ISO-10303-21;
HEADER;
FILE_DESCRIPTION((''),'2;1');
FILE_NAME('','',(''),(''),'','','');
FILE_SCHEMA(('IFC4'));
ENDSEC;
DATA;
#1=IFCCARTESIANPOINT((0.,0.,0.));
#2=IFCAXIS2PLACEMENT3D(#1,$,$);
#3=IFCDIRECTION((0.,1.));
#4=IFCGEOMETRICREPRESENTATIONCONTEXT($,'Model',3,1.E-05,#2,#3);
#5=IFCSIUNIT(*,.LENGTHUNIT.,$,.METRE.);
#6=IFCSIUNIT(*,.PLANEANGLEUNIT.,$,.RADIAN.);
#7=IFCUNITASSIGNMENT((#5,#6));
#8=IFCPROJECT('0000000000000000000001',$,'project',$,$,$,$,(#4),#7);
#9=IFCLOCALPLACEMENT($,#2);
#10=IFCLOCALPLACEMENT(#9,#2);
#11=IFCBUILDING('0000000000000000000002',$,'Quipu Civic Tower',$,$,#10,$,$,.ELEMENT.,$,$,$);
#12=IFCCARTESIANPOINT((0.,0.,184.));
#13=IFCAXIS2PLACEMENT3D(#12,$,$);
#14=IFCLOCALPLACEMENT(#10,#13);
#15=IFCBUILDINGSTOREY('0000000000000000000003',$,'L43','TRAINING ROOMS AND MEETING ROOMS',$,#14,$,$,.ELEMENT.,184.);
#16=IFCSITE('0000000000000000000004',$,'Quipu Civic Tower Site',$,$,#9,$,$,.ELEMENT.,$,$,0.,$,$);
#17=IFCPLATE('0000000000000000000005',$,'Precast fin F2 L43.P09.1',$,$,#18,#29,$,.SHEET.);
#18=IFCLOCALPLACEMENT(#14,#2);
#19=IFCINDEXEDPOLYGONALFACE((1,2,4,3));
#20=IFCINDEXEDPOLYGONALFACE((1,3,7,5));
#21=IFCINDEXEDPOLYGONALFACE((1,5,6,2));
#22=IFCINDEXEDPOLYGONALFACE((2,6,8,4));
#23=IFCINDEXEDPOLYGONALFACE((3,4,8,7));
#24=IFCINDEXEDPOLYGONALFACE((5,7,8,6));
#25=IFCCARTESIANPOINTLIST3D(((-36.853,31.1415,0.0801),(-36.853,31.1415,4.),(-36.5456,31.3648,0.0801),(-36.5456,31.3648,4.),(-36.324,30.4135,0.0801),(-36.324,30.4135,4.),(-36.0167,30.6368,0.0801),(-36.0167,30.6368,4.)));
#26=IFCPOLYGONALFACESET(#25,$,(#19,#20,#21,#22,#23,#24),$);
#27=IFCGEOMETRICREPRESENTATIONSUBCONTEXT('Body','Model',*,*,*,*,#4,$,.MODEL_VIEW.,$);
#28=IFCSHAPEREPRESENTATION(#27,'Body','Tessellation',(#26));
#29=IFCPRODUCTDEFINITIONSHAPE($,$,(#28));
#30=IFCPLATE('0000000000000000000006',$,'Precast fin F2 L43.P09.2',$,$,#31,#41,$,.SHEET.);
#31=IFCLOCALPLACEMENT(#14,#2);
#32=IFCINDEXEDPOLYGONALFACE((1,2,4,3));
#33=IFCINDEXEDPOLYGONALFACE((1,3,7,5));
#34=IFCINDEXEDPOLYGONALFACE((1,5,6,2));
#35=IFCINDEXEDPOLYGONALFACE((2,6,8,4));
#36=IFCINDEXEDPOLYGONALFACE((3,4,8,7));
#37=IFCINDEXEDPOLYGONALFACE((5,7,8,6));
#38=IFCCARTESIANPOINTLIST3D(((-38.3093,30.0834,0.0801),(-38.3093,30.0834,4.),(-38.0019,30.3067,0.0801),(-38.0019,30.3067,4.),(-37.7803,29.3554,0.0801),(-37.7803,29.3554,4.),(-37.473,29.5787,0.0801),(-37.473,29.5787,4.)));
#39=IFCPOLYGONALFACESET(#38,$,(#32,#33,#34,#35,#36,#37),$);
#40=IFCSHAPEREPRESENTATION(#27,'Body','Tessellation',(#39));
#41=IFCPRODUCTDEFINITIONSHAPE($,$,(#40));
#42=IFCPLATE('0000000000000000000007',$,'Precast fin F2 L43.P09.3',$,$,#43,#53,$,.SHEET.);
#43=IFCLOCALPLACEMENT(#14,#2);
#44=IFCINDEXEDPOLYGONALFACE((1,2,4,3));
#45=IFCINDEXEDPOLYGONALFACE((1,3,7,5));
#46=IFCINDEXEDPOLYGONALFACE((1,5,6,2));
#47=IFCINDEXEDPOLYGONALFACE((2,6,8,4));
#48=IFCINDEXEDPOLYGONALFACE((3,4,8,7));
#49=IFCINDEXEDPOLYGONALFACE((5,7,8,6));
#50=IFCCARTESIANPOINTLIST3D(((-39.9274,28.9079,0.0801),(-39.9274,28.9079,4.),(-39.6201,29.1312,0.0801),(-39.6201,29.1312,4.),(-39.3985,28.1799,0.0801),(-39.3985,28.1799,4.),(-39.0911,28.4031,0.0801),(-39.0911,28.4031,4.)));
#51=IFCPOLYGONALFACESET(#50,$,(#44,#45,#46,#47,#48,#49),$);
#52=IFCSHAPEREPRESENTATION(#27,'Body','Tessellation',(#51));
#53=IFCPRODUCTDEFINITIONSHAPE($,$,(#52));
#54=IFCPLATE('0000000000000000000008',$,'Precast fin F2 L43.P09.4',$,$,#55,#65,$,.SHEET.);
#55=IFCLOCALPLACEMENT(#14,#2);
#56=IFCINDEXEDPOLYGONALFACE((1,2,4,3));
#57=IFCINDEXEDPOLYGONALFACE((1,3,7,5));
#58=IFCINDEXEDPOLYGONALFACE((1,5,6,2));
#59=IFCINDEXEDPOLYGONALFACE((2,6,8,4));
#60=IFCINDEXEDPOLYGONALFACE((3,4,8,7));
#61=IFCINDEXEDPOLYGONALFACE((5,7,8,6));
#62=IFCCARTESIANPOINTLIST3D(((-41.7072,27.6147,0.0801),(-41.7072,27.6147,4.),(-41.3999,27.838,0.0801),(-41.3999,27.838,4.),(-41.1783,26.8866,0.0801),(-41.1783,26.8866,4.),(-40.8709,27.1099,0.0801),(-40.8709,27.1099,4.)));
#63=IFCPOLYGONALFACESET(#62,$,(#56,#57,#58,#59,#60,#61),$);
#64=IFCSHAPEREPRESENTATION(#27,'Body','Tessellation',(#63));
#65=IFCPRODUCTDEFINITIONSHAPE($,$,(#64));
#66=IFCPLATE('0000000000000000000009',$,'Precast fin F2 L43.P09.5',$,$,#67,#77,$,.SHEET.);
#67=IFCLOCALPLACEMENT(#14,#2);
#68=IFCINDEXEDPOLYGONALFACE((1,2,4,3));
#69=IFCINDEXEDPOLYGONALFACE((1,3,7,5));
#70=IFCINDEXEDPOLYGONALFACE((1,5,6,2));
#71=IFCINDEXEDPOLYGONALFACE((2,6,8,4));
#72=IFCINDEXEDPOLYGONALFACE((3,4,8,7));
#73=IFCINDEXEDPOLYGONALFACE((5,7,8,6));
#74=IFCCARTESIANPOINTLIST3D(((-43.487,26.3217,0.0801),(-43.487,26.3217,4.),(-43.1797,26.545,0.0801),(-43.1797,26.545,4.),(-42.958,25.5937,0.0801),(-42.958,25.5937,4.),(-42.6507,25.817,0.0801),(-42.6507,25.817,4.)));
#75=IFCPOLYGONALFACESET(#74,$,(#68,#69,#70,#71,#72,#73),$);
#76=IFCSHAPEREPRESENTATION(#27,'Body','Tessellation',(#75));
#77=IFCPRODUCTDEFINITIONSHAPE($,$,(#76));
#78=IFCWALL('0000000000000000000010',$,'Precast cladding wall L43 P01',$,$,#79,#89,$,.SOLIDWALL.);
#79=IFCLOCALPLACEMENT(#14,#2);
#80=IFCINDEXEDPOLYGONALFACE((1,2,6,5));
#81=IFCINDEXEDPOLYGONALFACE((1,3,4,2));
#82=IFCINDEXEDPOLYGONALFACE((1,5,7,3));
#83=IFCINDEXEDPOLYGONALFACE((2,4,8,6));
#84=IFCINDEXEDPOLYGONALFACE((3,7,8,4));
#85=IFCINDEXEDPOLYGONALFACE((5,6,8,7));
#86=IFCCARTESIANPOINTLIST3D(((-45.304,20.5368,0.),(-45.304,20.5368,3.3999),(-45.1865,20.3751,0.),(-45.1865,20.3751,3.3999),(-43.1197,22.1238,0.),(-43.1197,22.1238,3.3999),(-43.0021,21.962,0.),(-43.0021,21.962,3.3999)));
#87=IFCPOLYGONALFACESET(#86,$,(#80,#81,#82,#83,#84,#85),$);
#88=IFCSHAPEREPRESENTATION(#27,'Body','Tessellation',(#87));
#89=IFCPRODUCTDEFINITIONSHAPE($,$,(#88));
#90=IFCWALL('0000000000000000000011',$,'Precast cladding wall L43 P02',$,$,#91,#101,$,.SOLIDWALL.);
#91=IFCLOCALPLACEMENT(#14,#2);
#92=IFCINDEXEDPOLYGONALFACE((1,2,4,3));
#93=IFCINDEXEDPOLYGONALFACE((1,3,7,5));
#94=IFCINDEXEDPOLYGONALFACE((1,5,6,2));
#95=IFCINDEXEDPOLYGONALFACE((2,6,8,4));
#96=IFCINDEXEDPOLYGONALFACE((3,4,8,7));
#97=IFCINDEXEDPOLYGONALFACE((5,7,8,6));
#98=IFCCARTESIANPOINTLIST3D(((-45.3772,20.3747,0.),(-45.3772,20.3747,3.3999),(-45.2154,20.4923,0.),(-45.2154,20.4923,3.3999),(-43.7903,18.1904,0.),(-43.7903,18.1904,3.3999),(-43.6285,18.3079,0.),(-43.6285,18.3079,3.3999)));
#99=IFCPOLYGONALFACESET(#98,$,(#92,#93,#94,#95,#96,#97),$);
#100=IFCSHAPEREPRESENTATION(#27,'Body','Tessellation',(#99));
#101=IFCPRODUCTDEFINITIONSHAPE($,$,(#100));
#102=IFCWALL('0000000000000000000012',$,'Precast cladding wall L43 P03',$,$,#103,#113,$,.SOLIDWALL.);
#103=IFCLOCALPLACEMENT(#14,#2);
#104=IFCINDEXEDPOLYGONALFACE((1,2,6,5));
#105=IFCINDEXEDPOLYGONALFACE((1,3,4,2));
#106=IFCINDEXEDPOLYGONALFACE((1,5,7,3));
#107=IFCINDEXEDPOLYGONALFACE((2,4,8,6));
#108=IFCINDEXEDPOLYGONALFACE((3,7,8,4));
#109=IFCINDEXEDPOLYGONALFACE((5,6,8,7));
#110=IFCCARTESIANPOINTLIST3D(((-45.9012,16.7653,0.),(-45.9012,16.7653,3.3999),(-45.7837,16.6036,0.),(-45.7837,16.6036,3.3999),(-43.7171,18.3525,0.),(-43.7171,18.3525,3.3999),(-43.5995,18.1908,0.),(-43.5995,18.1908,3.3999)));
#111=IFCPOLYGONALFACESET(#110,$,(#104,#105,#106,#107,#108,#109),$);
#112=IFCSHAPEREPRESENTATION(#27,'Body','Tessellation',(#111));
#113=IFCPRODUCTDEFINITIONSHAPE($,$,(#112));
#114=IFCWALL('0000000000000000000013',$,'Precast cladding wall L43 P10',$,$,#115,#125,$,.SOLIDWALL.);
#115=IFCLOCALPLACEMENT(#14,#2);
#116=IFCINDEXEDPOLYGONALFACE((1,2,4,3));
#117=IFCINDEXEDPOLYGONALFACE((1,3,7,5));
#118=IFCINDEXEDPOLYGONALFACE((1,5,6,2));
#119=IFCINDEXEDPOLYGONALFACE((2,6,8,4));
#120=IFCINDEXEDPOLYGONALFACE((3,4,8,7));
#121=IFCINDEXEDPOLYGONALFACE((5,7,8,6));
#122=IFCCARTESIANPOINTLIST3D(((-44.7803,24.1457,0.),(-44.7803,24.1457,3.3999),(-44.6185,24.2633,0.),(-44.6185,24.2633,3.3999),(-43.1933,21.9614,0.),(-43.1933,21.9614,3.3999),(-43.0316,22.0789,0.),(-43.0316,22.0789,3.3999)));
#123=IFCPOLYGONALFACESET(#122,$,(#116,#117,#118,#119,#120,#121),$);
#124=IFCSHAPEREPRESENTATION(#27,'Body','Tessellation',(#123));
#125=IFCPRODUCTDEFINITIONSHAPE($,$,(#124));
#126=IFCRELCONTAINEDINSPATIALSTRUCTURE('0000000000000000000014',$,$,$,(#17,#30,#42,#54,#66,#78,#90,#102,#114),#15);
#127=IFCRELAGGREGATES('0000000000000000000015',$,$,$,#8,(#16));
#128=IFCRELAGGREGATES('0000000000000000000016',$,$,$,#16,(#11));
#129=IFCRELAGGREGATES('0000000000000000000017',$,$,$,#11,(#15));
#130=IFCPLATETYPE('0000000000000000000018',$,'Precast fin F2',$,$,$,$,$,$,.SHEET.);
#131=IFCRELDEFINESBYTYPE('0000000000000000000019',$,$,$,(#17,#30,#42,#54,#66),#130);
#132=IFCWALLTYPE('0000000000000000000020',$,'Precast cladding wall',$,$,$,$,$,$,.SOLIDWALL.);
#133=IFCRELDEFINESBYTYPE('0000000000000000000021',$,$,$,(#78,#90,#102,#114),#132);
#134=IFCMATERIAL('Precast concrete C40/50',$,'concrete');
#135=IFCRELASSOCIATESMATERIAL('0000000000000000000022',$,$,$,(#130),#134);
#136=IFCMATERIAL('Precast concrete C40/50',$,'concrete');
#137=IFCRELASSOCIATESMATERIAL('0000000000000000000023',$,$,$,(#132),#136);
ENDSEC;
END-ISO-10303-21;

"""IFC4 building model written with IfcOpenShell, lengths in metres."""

from ifc_helpers import new_model, si_unit, direction, frame, frame_2d, origin, origin_2d, place, context, subcontext, project, spatial, rectangle, extrude, material, type_object, element, save


model = new_model("IFC4")

# Units and contexts
model_context = context("Model", 3, precision=1e-05, world=origin(), true_north=direction((0.0, 1.0)))
body_context = subcontext(model_context, "Body", "Model", "MODEL_VIEW")
ifc_project = project(units=[si_unit("LENGTHUNIT", "METRE"), si_unit("PLANEANGLEUNIT", "RADIAN")], contexts=[model_context])

# Site, building, storey
site_placement = place(None, origin())
site = spatial("IfcSite", under=ifc_project, at=site_placement, Name="Quipu Civic Tower Site", CompositionType="ELEMENT", RefElevation=0.0)
building_placement = place(site_placement, origin())
building = spatial("IfcBuilding", under=site, at=building_placement, Name="Quipu Civic Tower", CompositionType="ELEMENT")
storey_placement = place(building_placement, frame((0.0, 0.0, 184.0)))
storey = spatial("IfcBuildingStorey", under=building, at=storey_placement, Name="L43", Description="TRAINING ROOMS AND MEETING ROOMS", CompositionType="ELEMENT", Elevation=184.0)

# Plates
ifc_material_1 = material(Name="Precast concrete C40/50", Category="concrete")
plate_type_1 = type_object("IfcPlateType", Name="Precast fin F2", PredefinedType="SHEET", material=ifc_material_1)
for number, where, z_axis, x_axis, name in (
    (1, (-36.4348, 30.8892, 0.0801), (0.0, 0.0, 1.0), (-0.809017, -0.587785, 0.0), "Precast fin F2 L43.P09.1"),
    (2, (-37.8911, 29.8311, 0.0801), (0.0, 0.0, 1.0), (-0.809017, -0.587785, 0.0), "Precast fin F2 L43.P09.2"),
    (3, (-39.5093, 28.6555, 0.0801), (0.0, 0.0, 1.0), (-0.809017, -0.587785, 0.0), "Precast fin F2 L43.P09.3"),
    (4, (-41.2891, 27.3623, 0.0801), (0.0, 0.0, 1.0), (-0.809017, -0.587785, 0.0), "Precast fin F2 L43.P09.4"),
    (5, (-43.0688, 26.0693, 0.0801), (0.0, 0.0, 1.0), (-0.809017, -0.587785, 0.0), "Precast fin F2 L43.P09.5"),
):
    element("IfcPlate", number, at=place(storey_placement, frame(where, z_axis=z_axis, x_axis=x_axis)), inside=storey, type_object=plate_type_1, Name=name, PredefinedType="SHEET", context=body_context, shape_type="SweptSolid", body=[
        extrude(rectangle(XDim=0.3799, YDim=0.8999, at=origin_2d()), origin(), (0.0, 0.0, 1.0), 3.9199),
    ])

# Walls
ifc_material_2 = material(Name="Precast concrete C40/50", Category="concrete")
wall_type = type_object("IfcWallType", Name="Precast cladding wall", PredefinedType="SOLIDWALL", material=ifc_material_2)
for number, where, z_axis, x_axis, name in (
    (6, (-43.0608, 22.043, 0.0), (0.0, 0.0, 1.0), (-0.809033, -0.587763, 0.0), "Precast cladding wall L43 P01"),
    (7, (-45.2964, 20.4336, 0.0), (0.0, 0.0, 1.0), (0.587763, -0.809033, 0.0), "Precast cladding wall L43 P02"),
    (8, (-43.6582, 18.2717, 0.0), (0.0, 0.0, 1.0), (-0.808959, -0.587865, 0.0), "Precast cladding wall L43 P03"),
    (9, (-44.6995, 24.2046, 0.0), (0.0, 0.0, 1.0), (0.587763, -0.809033, 0.0), "Precast cladding wall L43 P10"),
):
    element("IfcWall", number, at=place(storey_placement, frame(where, z_axis=z_axis, x_axis=x_axis)), inside=storey, type_object=wall_type, Name=name, PredefinedType="SOLIDWALL", context=body_context, shape_type="SweptSolid", body=[
        extrude(rectangle(XDim=2.7, YDim=0.2, at=frame_2d((1.3501, 0.0))), origin(), (0.0, 0.0, 1.0), 3.3999),
    ])

save(model, "model.ifc")
